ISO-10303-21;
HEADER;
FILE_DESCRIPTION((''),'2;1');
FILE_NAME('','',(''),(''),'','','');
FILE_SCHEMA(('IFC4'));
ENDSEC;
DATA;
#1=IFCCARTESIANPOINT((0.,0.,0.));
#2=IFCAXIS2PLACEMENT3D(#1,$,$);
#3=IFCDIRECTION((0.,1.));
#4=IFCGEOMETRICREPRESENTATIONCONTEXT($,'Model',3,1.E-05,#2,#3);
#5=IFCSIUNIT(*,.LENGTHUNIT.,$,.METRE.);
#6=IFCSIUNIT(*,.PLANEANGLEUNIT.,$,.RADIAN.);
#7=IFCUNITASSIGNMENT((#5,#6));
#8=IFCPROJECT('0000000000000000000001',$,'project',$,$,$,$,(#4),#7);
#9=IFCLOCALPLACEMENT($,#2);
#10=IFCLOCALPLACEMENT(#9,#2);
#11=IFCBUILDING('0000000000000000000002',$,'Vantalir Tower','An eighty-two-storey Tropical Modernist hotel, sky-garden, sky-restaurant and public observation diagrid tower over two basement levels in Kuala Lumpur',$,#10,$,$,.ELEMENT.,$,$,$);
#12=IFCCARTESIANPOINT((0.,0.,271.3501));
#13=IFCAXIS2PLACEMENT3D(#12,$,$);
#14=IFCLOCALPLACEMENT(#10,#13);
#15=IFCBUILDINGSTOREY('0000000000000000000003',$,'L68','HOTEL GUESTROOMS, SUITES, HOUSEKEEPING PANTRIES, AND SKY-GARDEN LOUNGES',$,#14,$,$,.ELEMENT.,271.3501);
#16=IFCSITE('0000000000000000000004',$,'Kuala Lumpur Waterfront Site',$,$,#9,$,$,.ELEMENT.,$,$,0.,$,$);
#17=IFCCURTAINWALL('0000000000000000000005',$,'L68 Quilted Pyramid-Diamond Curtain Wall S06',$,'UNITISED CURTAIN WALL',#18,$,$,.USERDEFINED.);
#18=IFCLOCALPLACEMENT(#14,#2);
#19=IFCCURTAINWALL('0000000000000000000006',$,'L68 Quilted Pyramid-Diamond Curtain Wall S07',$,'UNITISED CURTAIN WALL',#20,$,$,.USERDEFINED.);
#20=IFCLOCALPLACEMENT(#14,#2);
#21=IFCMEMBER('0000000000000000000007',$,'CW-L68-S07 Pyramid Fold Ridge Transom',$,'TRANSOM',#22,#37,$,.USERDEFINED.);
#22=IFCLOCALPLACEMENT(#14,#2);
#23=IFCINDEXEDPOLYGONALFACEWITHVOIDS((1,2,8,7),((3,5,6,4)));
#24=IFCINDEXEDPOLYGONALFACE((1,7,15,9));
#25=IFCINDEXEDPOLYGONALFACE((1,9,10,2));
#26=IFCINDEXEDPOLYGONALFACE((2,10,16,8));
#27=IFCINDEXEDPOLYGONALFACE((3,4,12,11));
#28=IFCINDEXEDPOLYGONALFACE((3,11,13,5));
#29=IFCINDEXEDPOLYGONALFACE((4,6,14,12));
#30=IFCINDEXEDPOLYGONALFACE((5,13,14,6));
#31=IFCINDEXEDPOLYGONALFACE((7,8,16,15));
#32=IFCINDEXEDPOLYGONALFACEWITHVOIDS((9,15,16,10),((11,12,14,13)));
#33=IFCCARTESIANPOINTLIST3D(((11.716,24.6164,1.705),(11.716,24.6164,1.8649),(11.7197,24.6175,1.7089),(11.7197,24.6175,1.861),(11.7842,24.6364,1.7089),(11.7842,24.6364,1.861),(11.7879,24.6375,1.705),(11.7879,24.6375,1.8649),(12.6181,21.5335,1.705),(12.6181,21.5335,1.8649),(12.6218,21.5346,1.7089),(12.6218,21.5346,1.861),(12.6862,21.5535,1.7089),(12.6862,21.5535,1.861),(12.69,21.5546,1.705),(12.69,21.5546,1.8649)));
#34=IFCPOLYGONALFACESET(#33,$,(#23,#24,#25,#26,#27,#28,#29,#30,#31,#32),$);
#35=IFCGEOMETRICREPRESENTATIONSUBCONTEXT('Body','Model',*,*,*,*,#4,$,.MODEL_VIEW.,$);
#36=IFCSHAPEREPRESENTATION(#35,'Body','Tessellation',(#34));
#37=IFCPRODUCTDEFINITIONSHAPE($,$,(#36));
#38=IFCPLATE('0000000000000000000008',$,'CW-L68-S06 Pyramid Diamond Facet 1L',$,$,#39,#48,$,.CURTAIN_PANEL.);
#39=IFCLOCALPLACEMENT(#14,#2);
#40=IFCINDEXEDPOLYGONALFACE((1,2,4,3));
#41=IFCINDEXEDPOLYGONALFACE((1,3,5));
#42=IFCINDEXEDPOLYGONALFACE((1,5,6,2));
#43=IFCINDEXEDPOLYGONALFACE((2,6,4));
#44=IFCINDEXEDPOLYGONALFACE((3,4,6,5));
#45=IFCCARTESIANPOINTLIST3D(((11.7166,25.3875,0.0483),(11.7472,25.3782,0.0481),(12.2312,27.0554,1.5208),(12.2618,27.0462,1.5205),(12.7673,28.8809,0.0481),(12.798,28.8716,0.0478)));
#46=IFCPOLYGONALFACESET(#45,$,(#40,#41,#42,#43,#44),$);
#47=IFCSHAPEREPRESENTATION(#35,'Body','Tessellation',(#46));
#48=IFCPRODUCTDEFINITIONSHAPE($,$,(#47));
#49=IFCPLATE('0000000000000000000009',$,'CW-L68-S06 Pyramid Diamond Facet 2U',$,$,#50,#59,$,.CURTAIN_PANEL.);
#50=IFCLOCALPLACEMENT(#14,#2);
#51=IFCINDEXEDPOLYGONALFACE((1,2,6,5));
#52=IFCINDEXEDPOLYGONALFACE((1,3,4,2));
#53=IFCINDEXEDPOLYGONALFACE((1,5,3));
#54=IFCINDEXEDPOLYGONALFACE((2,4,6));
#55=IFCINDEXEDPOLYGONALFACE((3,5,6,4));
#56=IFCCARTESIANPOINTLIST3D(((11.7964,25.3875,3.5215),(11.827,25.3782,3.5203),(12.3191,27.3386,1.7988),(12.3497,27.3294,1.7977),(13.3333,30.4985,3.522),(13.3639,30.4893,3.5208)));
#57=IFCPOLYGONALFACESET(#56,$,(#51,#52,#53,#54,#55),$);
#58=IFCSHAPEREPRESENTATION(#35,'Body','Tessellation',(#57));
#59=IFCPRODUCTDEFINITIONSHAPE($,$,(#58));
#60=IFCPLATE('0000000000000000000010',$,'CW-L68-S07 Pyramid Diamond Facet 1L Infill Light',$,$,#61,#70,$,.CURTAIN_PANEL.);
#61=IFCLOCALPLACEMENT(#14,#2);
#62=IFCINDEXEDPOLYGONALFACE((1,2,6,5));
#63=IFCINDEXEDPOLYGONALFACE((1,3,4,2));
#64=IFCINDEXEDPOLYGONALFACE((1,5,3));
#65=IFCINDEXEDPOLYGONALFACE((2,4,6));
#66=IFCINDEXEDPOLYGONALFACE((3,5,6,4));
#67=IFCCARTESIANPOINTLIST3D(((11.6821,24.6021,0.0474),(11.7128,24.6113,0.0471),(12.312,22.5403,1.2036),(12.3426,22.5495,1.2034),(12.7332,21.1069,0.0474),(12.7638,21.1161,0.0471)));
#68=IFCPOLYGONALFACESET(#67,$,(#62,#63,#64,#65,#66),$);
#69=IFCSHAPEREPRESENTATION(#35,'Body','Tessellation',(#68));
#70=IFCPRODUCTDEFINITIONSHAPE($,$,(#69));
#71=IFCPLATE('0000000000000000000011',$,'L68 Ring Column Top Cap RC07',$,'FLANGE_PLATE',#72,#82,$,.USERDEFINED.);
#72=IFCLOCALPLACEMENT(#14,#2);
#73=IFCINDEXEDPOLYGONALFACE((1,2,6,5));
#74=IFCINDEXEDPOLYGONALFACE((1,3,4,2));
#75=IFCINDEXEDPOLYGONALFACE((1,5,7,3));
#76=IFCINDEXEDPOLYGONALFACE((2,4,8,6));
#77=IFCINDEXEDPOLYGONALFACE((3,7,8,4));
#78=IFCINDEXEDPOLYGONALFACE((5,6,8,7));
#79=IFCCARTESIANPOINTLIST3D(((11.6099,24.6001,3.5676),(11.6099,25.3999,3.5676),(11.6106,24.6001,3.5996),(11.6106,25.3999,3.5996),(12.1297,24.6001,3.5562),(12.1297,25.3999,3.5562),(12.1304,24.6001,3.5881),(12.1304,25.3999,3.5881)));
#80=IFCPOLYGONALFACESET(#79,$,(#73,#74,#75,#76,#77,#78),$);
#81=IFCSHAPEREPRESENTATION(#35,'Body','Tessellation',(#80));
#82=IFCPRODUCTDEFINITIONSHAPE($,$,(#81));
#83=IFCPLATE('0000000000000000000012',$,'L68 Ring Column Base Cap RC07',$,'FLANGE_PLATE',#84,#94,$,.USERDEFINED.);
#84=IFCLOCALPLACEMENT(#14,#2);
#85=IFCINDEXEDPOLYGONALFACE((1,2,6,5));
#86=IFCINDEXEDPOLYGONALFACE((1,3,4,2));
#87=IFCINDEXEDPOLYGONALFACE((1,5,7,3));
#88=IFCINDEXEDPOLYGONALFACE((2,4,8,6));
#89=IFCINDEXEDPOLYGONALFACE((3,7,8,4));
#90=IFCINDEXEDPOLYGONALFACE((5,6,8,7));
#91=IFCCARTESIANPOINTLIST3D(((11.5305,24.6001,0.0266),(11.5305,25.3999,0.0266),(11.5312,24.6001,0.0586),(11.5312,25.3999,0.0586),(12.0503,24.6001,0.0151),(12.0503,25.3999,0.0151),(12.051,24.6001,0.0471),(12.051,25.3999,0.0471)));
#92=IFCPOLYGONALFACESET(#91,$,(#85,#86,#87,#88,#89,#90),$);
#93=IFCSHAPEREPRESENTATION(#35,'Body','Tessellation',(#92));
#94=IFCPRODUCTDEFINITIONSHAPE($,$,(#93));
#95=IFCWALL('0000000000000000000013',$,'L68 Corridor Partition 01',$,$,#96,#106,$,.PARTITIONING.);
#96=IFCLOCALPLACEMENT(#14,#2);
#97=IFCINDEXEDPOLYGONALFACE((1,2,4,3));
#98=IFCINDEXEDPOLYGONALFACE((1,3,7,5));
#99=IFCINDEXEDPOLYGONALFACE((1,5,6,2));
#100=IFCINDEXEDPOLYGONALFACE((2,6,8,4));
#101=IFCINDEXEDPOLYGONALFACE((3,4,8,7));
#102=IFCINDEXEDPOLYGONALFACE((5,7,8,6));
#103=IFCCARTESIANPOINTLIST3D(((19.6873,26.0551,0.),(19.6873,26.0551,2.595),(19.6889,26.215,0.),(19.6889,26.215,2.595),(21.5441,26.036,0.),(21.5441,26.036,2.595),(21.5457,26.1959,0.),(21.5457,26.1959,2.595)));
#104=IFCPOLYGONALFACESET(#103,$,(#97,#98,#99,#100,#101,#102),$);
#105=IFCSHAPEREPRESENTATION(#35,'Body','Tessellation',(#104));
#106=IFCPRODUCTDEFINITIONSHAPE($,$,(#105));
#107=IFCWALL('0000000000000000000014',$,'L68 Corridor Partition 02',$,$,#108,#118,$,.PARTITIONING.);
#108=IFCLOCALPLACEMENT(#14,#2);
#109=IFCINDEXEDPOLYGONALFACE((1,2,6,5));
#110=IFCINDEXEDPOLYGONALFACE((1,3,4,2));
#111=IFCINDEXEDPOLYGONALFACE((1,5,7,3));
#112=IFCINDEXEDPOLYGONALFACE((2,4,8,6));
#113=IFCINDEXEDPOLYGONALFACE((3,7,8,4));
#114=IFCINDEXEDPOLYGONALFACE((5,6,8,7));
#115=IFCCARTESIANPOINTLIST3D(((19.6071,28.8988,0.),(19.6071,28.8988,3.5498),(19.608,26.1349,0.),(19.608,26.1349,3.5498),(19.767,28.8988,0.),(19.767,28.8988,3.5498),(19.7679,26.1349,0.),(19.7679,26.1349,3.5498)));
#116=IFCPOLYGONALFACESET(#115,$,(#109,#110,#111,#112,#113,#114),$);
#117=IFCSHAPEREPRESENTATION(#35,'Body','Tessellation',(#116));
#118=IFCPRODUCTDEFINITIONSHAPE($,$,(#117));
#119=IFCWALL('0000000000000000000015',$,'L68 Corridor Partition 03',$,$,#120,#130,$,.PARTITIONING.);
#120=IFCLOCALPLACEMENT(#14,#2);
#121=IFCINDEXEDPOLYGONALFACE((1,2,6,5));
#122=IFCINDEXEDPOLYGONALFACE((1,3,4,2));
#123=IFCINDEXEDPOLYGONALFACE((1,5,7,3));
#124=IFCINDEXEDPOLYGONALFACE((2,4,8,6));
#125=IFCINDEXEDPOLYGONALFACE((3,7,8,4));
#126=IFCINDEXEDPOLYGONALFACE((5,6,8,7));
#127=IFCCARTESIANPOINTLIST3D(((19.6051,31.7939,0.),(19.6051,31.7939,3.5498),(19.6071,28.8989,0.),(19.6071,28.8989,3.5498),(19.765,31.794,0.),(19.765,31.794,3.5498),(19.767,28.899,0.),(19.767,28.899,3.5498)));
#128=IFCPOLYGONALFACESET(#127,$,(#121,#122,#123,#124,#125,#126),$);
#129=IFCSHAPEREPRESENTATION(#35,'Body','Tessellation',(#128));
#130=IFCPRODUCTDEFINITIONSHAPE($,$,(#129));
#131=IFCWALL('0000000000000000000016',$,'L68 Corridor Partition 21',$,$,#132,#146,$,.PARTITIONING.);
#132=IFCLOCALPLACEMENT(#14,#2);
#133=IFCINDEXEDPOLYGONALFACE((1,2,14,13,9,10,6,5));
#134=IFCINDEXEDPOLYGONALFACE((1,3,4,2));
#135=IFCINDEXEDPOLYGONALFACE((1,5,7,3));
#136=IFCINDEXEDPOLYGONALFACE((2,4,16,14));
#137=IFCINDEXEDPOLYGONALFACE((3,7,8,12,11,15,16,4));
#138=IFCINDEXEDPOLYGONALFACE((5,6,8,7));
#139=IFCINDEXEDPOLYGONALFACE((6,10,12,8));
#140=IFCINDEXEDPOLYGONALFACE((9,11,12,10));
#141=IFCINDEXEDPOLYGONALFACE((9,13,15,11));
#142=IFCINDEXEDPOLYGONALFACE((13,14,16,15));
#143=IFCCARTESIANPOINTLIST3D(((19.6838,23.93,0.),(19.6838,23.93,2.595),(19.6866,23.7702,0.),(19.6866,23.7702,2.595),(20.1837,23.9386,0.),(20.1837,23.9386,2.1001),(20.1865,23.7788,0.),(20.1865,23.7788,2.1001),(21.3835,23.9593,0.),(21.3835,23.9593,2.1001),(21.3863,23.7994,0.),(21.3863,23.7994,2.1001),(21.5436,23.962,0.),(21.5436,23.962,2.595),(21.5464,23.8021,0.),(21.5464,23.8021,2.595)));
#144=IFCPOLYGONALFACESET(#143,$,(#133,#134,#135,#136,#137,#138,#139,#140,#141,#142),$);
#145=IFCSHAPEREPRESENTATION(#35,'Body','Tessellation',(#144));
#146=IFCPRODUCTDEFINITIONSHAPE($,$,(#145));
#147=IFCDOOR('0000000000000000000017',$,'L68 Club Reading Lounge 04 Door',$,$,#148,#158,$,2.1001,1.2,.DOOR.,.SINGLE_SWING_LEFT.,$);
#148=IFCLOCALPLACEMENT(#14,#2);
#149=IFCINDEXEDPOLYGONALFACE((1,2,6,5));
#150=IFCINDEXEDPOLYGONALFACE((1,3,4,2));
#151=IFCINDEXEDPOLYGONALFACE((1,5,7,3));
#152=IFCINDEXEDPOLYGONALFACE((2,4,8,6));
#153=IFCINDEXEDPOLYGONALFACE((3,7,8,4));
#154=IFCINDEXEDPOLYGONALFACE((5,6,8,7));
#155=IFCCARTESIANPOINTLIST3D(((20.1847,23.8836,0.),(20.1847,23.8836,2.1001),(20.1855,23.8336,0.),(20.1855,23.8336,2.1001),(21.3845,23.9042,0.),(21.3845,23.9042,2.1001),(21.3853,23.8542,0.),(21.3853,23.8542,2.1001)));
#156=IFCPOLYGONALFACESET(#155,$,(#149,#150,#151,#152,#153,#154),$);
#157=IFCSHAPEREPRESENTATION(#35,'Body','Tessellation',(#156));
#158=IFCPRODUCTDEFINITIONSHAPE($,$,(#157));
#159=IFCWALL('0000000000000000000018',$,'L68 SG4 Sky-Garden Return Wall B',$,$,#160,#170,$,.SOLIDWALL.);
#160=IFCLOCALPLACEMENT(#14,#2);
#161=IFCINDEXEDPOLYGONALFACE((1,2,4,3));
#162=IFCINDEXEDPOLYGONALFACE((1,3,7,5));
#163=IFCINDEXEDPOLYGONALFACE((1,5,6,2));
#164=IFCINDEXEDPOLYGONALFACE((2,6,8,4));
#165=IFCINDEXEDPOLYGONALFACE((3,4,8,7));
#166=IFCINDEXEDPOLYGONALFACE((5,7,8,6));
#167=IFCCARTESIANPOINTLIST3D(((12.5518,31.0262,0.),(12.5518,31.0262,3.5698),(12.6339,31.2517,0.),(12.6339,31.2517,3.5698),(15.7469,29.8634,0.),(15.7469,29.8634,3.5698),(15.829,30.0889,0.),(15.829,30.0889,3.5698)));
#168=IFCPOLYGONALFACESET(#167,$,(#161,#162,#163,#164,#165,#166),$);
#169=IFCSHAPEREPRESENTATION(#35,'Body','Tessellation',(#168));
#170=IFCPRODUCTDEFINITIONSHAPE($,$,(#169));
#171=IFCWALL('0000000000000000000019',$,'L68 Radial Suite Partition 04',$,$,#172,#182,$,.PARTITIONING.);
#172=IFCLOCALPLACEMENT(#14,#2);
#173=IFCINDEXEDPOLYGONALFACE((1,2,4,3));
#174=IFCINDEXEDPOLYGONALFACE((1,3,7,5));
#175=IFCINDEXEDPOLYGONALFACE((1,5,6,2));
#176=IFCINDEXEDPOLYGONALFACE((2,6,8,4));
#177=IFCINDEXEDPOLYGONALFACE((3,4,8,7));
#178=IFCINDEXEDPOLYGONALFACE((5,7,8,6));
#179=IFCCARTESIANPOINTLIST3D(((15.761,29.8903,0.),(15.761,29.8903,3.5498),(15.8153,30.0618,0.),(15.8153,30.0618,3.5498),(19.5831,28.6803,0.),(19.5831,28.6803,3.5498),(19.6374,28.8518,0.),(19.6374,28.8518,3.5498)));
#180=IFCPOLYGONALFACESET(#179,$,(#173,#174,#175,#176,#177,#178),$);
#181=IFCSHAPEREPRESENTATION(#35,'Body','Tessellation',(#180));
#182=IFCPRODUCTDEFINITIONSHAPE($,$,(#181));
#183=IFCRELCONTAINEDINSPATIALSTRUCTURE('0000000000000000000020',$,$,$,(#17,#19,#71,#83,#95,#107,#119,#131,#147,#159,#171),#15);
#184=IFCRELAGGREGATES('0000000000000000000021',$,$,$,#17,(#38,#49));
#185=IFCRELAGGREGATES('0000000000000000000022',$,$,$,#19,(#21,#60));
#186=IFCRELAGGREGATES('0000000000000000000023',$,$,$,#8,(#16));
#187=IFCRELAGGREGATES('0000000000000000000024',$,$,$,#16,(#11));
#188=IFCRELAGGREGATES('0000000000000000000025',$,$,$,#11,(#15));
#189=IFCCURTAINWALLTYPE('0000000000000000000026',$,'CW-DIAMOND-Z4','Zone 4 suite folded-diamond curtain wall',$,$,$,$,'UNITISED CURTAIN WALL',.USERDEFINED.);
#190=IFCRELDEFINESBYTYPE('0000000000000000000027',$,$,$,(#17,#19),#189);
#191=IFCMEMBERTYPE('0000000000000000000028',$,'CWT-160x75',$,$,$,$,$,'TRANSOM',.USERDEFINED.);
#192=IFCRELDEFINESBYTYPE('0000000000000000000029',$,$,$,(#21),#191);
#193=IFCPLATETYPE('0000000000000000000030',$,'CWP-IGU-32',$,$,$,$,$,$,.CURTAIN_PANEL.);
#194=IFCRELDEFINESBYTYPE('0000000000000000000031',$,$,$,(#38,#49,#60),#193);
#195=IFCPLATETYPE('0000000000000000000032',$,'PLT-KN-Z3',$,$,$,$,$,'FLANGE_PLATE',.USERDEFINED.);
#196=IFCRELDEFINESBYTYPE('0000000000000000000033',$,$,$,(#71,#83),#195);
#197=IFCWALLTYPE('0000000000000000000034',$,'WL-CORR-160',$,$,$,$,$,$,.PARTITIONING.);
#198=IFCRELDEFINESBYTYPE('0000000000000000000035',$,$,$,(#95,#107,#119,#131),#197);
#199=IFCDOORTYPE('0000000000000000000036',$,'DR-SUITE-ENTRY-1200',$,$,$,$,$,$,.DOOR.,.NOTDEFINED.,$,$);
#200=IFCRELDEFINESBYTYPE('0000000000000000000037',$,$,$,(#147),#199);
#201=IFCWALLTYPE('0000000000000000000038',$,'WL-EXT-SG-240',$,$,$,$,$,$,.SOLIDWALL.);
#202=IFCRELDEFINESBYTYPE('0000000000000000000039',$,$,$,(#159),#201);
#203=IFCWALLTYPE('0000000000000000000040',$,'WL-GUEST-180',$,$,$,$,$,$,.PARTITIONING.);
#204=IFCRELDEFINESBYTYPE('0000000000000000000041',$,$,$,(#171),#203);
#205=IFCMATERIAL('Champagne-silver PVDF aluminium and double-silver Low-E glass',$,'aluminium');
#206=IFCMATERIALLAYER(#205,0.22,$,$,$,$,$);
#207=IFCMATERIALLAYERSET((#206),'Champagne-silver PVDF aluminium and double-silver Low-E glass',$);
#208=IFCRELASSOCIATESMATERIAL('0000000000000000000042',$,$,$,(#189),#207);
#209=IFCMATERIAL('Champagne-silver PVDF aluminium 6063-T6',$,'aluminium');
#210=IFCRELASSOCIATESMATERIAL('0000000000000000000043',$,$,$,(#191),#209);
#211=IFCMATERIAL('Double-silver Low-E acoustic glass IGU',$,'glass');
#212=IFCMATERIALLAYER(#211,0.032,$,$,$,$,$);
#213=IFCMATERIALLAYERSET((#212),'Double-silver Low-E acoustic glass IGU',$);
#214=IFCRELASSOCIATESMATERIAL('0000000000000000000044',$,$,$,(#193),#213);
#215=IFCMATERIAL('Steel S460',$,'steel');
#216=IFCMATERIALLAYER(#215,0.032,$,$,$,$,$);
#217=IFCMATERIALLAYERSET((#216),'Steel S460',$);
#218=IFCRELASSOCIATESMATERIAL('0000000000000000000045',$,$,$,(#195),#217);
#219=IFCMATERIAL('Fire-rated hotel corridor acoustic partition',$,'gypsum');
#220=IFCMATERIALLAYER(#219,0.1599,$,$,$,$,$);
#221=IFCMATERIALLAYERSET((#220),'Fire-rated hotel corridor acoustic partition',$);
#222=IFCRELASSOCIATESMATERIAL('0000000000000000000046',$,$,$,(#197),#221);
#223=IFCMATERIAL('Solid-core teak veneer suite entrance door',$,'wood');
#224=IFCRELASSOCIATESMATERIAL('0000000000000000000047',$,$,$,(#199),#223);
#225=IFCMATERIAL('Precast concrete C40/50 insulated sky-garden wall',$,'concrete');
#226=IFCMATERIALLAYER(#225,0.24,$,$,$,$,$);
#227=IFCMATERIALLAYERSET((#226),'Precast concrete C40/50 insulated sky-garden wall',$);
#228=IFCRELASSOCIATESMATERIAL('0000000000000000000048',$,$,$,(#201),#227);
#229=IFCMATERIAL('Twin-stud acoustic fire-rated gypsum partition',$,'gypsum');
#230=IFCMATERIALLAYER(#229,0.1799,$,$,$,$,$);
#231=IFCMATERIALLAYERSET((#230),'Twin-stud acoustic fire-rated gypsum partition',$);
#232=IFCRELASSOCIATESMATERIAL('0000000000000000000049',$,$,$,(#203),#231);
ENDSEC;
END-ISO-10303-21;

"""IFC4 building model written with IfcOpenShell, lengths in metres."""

from ifc_helpers import new_model, si_unit, direction, frame, frame_2d, origin, origin_2d, place, context, subcontext, project, spatial, polyline, rectangle, hollow_rectangle, outline, extrude, material, layer, layer_set, material_profile, profile_set, type_object, element, fill, aggregate, save


model = new_model("IFC4")

# Units and contexts
model_context = context("Model", 3, precision=1e-05, world=origin(), true_north=direction((0.0, 1.0)))
body_context = subcontext(model_context, "Body", "Model", "MODEL_VIEW")
ifc_project = project(units=[si_unit("LENGTHUNIT", "METRE"), si_unit("PLANEANGLEUNIT", "RADIAN")], contexts=[model_context])

# Site, building, storey
site_placement = place(None, origin())
site = spatial("IfcSite", under=ifc_project, at=site_placement, Name="Kuala Lumpur Waterfront Site", CompositionType="ELEMENT", RefElevation=0.0)
building_placement = place(site_placement, origin())
building = spatial("IfcBuilding", under=site, at=building_placement, Name="Vantalir Tower", Description="An eighty-two-storey Tropical Modernist hotel, sky-garden, sky-restaurant and public observation diagrid tower over two basement levels in Kuala Lumpur", CompositionType="ELEMENT")
storey_placement = place(building_placement, frame((0.0, 0.0, 271.3501)))
storey = spatial("IfcBuildingStorey", under=building, at=storey_placement, Name="L68", Description="HOTEL GUESTROOMS, SUITES, HOUSEKEEPING PANTRIES, AND SKY-GARDEN LOUNGES", CompositionType="ELEMENT", Elevation=271.3501)

# Shared definitions
ifc_material_1 = material(Name="Steel S460", Category="steel")

# Curtain wall
ifc_material_2 = material(Name="Champagne-silver PVDF aluminium and double-silver Low-E glass", Category="aluminium")
ifc_layer_1 = layer(ifc_material_2, 0.22)
ifc_layer_set_1 = layer_set([ifc_layer_1], Name="Champagne-silver PVDF aluminium and double-silver Low-E glass")
curtain_wall_type = type_object("IfcCurtainWallType", Name="CW-DIAMOND-Z4", Description="Zone 4 suite folded-diamond curtain wall", ElementType="UNITISED CURTAIN WALL", PredefinedType="USERDEFINED", material=ifc_layer_set_1)
curtain_wall_1_placement = place(storey_placement, origin())
curtain_wall_1 = element("IfcCurtainWall", 1, at=curtain_wall_1_placement, inside=storey, type_object=curtain_wall_type, Name="L68 Quilted Pyramid-Diamond Curtain Wall S06", ObjectType="UNITISED CURTAIN WALL", PredefinedType="USERDEFINED")
ifc_material_3 = material(Name="Champagne-silver PVDF aluminium 6063-T6", Category="aluminium")

# Curtain wall, member
curtain_wall_2_placement = place(storey_placement, origin())
curtain_wall_2 = element("IfcCurtainWall", 2, at=curtain_wall_2_placement, inside=storey, type_object=curtain_wall_type, Name="L68 Quilted Pyramid-Diamond Curtain Wall S07", ObjectType="UNITISED CURTAIN WALL", PredefinedType="USERDEFINED")
ifc_material_profile_1 = material_profile(ifc_material_3, hollow_rectangle(XDim=0.075, YDim=0.1599, WallThickness=0.0039, at=origin_2d()), Name="Champagne-silver PVDF aluminium 6063-T6")
ifc_profile_set_1 = profile_set([ifc_material_profile_1], Name="Champagne-silver PVDF aluminium 6063-T6")
member_type_1 = type_object("IfcMemberType", Name="CWT-160x75", ElementType="TRANSOM", PredefinedType="USERDEFINED", material=ifc_profile_set_1)
member_1_placement = place(storey_placement, frame((11.752, 24.627, 1.7849), z_axis=(0.280829, -0.959758, 0.0), x_axis=(0.959758, 0.280829, 0.0)))
member_1 = element("IfcMember", 3, at=member_1_placement, type_object=member_type_1, Name="CW-L68-S07 Pyramid Fold Ridge Transom", ObjectType="TRANSOM", PredefinedType="USERDEFINED", context=body_context, shape_type="SweptSolid", body=[
    extrude(hollow_rectangle(XDim=0.075, YDim=0.1599, WallThickness=0.0039, at=origin_2d()), origin(), (0.0, 0.0, 1.0), 3.2122),
])

# Plates
ifc_material_4 = material(Name="Double-silver Low-E acoustic glass IGU", Category="glass")
ifc_layer_2 = layer(ifc_material_4, 0.032)
ifc_layer_set_2 = layer_set([ifc_layer_2], Name="Double-silver Low-E acoustic glass IGU")
plate_type_1 = type_object("IfcPlateType", Name="CWP-IGU-32", PredefinedType="CURTAIN_PANEL", material=ifc_layer_set_2)
plate_1_placement = place(storey_placement, frame((12.7673, 28.8809, 0.0481), z_axis=(-0.957584, 0.288032, 0.008415), x_axis=(-0.288042, -0.957618, 0.000067)))
plate_1 = element("IfcPlate", 4, at=plate_1_placement, type_object=plate_type_1, Name="CW-L68-S06 Pyramid Diamond Facet 1L", PredefinedType="CURTAIN_PANEL", context=body_context, shape_type="SweptSolid", body=[
    extrude(outline(polyline([(0.0, 0.0), (3.648, 0.0), (1.9026, 1.4726), (0.0, 0.0)])), origin(), (0.0, 0.0, -1.0), 0.032),
])
plate_2_placement = place(storey_placement, frame((11.7964, 25.3875, 3.5215), z_axis=(-0.957039, 0.287771, 0.035551), x_axis=(0.287956, 0.957644, 0.000091)))
plate_2 = element("IfcPlate", 5, at=plate_2_placement, type_object=plate_type_1, Name="CW-L68-S06 Pyramid Diamond Facet 2U", PredefinedType="CURTAIN_PANEL", context=body_context, shape_type="SweptSolid", body=[
    extrude(outline(polyline([(0.0, 0.0), (5.3371, 0.0), (2.0189, 1.7239), (0.0, 0.0)])), origin(), (0.0, 0.0, -1.0), 0.032),
])
aggregate(curtain_wall_1, [plate_1, plate_2])
plate_3_placement = place(storey_placement, frame((11.6821, 24.6021, 0.0474), z_axis=(-0.957606, -0.287964, 0.008186), x_axis=(0.287974, -0.957638, 0.0)))
plate_3 = element("IfcPlate", 6, at=plate_3_placement, type_object=plate_type_1, Name="CW-L68-S07 Pyramid Diamond Facet 1L Infill Light", PredefinedType="CURTAIN_PANEL", context=body_context, shape_type="SweptSolid", body=[
    extrude(outline(polyline([(0.0, 0.0), (3.6497, 0.0), (2.1558, 1.1563), (0.0, 0.0)])), origin(), (0.0, 0.0, -1.0), 0.032),
])
aggregate(curtain_wall_2, [member_1, plate_3])

# Plates
ifc_layer_3 = layer(ifc_material_1, 0.032)
ifc_layer_set_3 = layer_set([ifc_layer_3], Name="Steel S460")
plate_type_2 = type_object("IfcPlateType", Name="PLT-KN-Z3", ElementType="FLANGE_PLATE", PredefinedType="USERDEFINED", material=ifc_layer_set_3)
for number, where, z_axis, x_axis, name in (
    (7, (11.6106, 25.3999, 3.5996), (0.022071, 0.0, 0.999756), (0.0, -1.0, 0.0), "L68 Ring Column Top Cap RC07"),
    (8, (11.5312, 25.3999, 0.0586), (0.022071, 0.0, 0.999756), (0.0, -1.0, 0.0), "L68 Ring Column Base Cap RC07"),
):
    element("IfcPlate", number, at=place(storey_placement, frame(where, z_axis=z_axis, x_axis=x_axis)), inside=storey, type_object=plate_type_2, Name=name, ObjectType="FLANGE_PLATE", PredefinedType="USERDEFINED", context=body_context, shape_type="SweptSolid", body=[
        extrude(outline(polyline([(0.0, 0.0), (0.7998, 0.0), (0.7998, 0.5199), (0.0, 0.5199), (0.0, 0.0)])), origin(), (0.0, 0.0, -1.0), 0.032),
    ])

# Walls
ifc_material_5 = material(Name="Fire-rated hotel corridor acoustic partition", Category="gypsum")
ifc_layer_4 = layer(ifc_material_5, 0.1599)
ifc_layer_set_4 = layer_set([ifc_layer_4], Name="Fire-rated hotel corridor acoustic partition")
wall_type_1 = type_object("IfcWallType", Name="WL-CORR-160", PredefinedType="PARTITIONING", material=ifc_layer_set_4)
wall_1_placement = place(storey_placement, frame((21.5449, 26.116, 0.0), z_axis=(0.0, 0.0, 1.0), x_axis=(-0.999947, 0.010255, 0.0)))
element("IfcWall", 9, at=wall_1_placement, inside=storey, type_object=wall_type_1, Name="L68 Corridor Partition 01", PredefinedType="PARTITIONING", context=body_context, shape_type="SweptSolid", body=[
    extrude(rectangle(XDim=1.8569, YDim=0.1599, at=frame_2d((0.9285, 0.0))), origin(), (0.0, 0.0, 1.0), 2.595),
])
wall_2_placement = place(storey_placement, frame((19.688, 26.135, 0.0), z_axis=(0.0, 0.0, 1.0), x_axis=(-0.000353, 1.0, 0.0)))
element("IfcWall", 10, at=wall_2_placement, inside=storey, type_object=wall_type_1, Name="L68 Corridor Partition 02", PredefinedType="PARTITIONING", context=body_context, shape_type="SweptSolid", body=[
    extrude(rectangle(XDim=2.7639, YDim=0.1599, at=frame_2d((1.3818, 0.0))), origin(), (0.0, 0.0, 1.0), 3.5498),
])
wall_3_placement = place(storey_placement, frame((19.687, 28.8989, 0.0), z_axis=(0.0, 0.0, 1.0), x_axis=(-0.000675, 1.0, 0.0)))
element("IfcWall", 11, at=wall_3_placement, inside=storey, type_object=wall_type_1, Name="L68 Corridor Partition 03", PredefinedType="PARTITIONING", context=body_context, shape_type="SweptSolid", body=[
    extrude(rectangle(XDim=2.895, YDim=0.1599, at=frame_2d((1.4475, 0.0))), origin(), (0.0, 0.0, 1.0), 3.5498),
])

# Wall, opening, door
wall_4_placement = place(storey_placement, frame((19.6851, 23.8501, 0.0), z_axis=(0.0, 0.0, 1.0), x_axis=(0.999852, 0.017194, 0.0)))
wall_4 = element("IfcWall", 12, at=wall_4_placement, inside=storey, type_object=wall_type_1, Name="L68 Corridor Partition 21", PredefinedType="PARTITIONING", context=body_context, shape_type="SweptSolid", body=[
    extrude(rectangle(XDim=1.8601, YDim=0.1599, at=frame_2d((0.9302, 0.0))), origin(), (0.0, 0.0, 1.0), 2.595),
])
opening_placement = place(wall_4_placement, frame((0.5, 0.0, 0.0)))
opening = element("IfcOpeningElement", 13, at=opening_placement, cuts=wall_4, PredefinedType="OPENING", context=body_context, shape_type="SweptSolid", body=[
    extrude(rectangle(XDim=1.2, YDim=2.1001, at=frame_2d((0.6001, 1.05))), frame((0.0, 0.0898, 0.0), z_axis=(0.0, -1.0, 0.0), x_axis=(1.0, 0.0, 0.0)), (0.0, 0.0, 1.0), 0.1799),
])
ifc_material_6 = material(Name="Solid-core teak veneer suite entrance door", Category="wood")
door_type = type_object("IfcDoorType", Name="DR-SUITE-ENTRY-1200", OperationType="NOTDEFINED", PredefinedType="DOOR", material=ifc_material_6)
door_placement = place(opening_placement, origin())
door = element("IfcDoor", 14, at=door_placement, inside=storey, type_object=door_type, Name="L68 Club Reading Lounge 04 Door", OperationType="SINGLE_SWING_LEFT", OverallHeight=2.1001, OverallWidth=1.2, PredefinedType="DOOR", context=body_context, shape_type="SweptSolid", body=[
    extrude(rectangle(XDim=1.2, YDim=2.1001, at=frame_2d((0.6001, 1.05))), frame((0.0, 0.0249, 0.0), z_axis=(0.0, -1.0, 0.0), x_axis=(1.0, 0.0, 0.0)), (0.0, 0.0, 1.0), 0.05),
])
fill(opening, door)

# Walls
ifc_material_7 = material(Name="Precast concrete C40/50 insulated sky-garden wall", Category="concrete")
ifc_layer_5 = layer(ifc_material_7, 0.24)
ifc_layer_set_5 = layer_set([ifc_layer_5], Name="Precast concrete C40/50 insulated sky-garden wall")
wall_type_2 = type_object("IfcWallType", Name="WL-EXT-SG-240", PredefinedType="SOLIDWALL", material=ifc_layer_set_5)
wall_5_placement = place(storey_placement, frame((15.7881, 29.9761, 0.0), z_axis=(0.0, 0.0, 1.0), x_axis=(-0.939699, 0.342002, 0.0)))
element("IfcWall", 15, at=wall_5_placement, inside=storey, type_object=wall_type_2, Name="L68 SG4 Sky-Garden Return Wall B", PredefinedType="SOLIDWALL", context=body_context, shape_type="SweptSolid", body=[
    extrude(rectangle(XDim=3.4001, YDim=0.24, at=frame_2d((1.7002, 0.0))), origin(), (0.0, 0.0, 1.0), 3.5698),
])
ifc_material_8 = material(Name="Twin-stud acoustic fire-rated gypsum partition", Category="gypsum")
ifc_layer_6 = layer(ifc_material_8, 0.1799)
ifc_layer_set_6 = layer_set([ifc_layer_6], Name="Twin-stud acoustic fire-rated gypsum partition")
wall_type_3 = type_object("IfcWallType", Name="WL-GUEST-180", PredefinedType="PARTITIONING", material=ifc_layer_set_6)
wall_6_placement = place(storey_placement, frame((19.6101, 28.7661, 0.0), z_axis=(0.0, 0.0, 1.0), x_axis=(-0.953367, 0.301813, 0.0)))
element("IfcWall", 16, at=wall_6_placement, inside=storey, type_object=wall_type_3, Name="L68 Radial Suite Partition 04", PredefinedType="PARTITIONING", context=body_context, shape_type="SweptSolid", body=[
    extrude(rectangle(XDim=4.009, YDim=0.1799, at=frame_2d((2.0044, 0.0))), origin(), (0.0, 0.0, 1.0), 3.5498),
])

save(model, "model.ifc")
